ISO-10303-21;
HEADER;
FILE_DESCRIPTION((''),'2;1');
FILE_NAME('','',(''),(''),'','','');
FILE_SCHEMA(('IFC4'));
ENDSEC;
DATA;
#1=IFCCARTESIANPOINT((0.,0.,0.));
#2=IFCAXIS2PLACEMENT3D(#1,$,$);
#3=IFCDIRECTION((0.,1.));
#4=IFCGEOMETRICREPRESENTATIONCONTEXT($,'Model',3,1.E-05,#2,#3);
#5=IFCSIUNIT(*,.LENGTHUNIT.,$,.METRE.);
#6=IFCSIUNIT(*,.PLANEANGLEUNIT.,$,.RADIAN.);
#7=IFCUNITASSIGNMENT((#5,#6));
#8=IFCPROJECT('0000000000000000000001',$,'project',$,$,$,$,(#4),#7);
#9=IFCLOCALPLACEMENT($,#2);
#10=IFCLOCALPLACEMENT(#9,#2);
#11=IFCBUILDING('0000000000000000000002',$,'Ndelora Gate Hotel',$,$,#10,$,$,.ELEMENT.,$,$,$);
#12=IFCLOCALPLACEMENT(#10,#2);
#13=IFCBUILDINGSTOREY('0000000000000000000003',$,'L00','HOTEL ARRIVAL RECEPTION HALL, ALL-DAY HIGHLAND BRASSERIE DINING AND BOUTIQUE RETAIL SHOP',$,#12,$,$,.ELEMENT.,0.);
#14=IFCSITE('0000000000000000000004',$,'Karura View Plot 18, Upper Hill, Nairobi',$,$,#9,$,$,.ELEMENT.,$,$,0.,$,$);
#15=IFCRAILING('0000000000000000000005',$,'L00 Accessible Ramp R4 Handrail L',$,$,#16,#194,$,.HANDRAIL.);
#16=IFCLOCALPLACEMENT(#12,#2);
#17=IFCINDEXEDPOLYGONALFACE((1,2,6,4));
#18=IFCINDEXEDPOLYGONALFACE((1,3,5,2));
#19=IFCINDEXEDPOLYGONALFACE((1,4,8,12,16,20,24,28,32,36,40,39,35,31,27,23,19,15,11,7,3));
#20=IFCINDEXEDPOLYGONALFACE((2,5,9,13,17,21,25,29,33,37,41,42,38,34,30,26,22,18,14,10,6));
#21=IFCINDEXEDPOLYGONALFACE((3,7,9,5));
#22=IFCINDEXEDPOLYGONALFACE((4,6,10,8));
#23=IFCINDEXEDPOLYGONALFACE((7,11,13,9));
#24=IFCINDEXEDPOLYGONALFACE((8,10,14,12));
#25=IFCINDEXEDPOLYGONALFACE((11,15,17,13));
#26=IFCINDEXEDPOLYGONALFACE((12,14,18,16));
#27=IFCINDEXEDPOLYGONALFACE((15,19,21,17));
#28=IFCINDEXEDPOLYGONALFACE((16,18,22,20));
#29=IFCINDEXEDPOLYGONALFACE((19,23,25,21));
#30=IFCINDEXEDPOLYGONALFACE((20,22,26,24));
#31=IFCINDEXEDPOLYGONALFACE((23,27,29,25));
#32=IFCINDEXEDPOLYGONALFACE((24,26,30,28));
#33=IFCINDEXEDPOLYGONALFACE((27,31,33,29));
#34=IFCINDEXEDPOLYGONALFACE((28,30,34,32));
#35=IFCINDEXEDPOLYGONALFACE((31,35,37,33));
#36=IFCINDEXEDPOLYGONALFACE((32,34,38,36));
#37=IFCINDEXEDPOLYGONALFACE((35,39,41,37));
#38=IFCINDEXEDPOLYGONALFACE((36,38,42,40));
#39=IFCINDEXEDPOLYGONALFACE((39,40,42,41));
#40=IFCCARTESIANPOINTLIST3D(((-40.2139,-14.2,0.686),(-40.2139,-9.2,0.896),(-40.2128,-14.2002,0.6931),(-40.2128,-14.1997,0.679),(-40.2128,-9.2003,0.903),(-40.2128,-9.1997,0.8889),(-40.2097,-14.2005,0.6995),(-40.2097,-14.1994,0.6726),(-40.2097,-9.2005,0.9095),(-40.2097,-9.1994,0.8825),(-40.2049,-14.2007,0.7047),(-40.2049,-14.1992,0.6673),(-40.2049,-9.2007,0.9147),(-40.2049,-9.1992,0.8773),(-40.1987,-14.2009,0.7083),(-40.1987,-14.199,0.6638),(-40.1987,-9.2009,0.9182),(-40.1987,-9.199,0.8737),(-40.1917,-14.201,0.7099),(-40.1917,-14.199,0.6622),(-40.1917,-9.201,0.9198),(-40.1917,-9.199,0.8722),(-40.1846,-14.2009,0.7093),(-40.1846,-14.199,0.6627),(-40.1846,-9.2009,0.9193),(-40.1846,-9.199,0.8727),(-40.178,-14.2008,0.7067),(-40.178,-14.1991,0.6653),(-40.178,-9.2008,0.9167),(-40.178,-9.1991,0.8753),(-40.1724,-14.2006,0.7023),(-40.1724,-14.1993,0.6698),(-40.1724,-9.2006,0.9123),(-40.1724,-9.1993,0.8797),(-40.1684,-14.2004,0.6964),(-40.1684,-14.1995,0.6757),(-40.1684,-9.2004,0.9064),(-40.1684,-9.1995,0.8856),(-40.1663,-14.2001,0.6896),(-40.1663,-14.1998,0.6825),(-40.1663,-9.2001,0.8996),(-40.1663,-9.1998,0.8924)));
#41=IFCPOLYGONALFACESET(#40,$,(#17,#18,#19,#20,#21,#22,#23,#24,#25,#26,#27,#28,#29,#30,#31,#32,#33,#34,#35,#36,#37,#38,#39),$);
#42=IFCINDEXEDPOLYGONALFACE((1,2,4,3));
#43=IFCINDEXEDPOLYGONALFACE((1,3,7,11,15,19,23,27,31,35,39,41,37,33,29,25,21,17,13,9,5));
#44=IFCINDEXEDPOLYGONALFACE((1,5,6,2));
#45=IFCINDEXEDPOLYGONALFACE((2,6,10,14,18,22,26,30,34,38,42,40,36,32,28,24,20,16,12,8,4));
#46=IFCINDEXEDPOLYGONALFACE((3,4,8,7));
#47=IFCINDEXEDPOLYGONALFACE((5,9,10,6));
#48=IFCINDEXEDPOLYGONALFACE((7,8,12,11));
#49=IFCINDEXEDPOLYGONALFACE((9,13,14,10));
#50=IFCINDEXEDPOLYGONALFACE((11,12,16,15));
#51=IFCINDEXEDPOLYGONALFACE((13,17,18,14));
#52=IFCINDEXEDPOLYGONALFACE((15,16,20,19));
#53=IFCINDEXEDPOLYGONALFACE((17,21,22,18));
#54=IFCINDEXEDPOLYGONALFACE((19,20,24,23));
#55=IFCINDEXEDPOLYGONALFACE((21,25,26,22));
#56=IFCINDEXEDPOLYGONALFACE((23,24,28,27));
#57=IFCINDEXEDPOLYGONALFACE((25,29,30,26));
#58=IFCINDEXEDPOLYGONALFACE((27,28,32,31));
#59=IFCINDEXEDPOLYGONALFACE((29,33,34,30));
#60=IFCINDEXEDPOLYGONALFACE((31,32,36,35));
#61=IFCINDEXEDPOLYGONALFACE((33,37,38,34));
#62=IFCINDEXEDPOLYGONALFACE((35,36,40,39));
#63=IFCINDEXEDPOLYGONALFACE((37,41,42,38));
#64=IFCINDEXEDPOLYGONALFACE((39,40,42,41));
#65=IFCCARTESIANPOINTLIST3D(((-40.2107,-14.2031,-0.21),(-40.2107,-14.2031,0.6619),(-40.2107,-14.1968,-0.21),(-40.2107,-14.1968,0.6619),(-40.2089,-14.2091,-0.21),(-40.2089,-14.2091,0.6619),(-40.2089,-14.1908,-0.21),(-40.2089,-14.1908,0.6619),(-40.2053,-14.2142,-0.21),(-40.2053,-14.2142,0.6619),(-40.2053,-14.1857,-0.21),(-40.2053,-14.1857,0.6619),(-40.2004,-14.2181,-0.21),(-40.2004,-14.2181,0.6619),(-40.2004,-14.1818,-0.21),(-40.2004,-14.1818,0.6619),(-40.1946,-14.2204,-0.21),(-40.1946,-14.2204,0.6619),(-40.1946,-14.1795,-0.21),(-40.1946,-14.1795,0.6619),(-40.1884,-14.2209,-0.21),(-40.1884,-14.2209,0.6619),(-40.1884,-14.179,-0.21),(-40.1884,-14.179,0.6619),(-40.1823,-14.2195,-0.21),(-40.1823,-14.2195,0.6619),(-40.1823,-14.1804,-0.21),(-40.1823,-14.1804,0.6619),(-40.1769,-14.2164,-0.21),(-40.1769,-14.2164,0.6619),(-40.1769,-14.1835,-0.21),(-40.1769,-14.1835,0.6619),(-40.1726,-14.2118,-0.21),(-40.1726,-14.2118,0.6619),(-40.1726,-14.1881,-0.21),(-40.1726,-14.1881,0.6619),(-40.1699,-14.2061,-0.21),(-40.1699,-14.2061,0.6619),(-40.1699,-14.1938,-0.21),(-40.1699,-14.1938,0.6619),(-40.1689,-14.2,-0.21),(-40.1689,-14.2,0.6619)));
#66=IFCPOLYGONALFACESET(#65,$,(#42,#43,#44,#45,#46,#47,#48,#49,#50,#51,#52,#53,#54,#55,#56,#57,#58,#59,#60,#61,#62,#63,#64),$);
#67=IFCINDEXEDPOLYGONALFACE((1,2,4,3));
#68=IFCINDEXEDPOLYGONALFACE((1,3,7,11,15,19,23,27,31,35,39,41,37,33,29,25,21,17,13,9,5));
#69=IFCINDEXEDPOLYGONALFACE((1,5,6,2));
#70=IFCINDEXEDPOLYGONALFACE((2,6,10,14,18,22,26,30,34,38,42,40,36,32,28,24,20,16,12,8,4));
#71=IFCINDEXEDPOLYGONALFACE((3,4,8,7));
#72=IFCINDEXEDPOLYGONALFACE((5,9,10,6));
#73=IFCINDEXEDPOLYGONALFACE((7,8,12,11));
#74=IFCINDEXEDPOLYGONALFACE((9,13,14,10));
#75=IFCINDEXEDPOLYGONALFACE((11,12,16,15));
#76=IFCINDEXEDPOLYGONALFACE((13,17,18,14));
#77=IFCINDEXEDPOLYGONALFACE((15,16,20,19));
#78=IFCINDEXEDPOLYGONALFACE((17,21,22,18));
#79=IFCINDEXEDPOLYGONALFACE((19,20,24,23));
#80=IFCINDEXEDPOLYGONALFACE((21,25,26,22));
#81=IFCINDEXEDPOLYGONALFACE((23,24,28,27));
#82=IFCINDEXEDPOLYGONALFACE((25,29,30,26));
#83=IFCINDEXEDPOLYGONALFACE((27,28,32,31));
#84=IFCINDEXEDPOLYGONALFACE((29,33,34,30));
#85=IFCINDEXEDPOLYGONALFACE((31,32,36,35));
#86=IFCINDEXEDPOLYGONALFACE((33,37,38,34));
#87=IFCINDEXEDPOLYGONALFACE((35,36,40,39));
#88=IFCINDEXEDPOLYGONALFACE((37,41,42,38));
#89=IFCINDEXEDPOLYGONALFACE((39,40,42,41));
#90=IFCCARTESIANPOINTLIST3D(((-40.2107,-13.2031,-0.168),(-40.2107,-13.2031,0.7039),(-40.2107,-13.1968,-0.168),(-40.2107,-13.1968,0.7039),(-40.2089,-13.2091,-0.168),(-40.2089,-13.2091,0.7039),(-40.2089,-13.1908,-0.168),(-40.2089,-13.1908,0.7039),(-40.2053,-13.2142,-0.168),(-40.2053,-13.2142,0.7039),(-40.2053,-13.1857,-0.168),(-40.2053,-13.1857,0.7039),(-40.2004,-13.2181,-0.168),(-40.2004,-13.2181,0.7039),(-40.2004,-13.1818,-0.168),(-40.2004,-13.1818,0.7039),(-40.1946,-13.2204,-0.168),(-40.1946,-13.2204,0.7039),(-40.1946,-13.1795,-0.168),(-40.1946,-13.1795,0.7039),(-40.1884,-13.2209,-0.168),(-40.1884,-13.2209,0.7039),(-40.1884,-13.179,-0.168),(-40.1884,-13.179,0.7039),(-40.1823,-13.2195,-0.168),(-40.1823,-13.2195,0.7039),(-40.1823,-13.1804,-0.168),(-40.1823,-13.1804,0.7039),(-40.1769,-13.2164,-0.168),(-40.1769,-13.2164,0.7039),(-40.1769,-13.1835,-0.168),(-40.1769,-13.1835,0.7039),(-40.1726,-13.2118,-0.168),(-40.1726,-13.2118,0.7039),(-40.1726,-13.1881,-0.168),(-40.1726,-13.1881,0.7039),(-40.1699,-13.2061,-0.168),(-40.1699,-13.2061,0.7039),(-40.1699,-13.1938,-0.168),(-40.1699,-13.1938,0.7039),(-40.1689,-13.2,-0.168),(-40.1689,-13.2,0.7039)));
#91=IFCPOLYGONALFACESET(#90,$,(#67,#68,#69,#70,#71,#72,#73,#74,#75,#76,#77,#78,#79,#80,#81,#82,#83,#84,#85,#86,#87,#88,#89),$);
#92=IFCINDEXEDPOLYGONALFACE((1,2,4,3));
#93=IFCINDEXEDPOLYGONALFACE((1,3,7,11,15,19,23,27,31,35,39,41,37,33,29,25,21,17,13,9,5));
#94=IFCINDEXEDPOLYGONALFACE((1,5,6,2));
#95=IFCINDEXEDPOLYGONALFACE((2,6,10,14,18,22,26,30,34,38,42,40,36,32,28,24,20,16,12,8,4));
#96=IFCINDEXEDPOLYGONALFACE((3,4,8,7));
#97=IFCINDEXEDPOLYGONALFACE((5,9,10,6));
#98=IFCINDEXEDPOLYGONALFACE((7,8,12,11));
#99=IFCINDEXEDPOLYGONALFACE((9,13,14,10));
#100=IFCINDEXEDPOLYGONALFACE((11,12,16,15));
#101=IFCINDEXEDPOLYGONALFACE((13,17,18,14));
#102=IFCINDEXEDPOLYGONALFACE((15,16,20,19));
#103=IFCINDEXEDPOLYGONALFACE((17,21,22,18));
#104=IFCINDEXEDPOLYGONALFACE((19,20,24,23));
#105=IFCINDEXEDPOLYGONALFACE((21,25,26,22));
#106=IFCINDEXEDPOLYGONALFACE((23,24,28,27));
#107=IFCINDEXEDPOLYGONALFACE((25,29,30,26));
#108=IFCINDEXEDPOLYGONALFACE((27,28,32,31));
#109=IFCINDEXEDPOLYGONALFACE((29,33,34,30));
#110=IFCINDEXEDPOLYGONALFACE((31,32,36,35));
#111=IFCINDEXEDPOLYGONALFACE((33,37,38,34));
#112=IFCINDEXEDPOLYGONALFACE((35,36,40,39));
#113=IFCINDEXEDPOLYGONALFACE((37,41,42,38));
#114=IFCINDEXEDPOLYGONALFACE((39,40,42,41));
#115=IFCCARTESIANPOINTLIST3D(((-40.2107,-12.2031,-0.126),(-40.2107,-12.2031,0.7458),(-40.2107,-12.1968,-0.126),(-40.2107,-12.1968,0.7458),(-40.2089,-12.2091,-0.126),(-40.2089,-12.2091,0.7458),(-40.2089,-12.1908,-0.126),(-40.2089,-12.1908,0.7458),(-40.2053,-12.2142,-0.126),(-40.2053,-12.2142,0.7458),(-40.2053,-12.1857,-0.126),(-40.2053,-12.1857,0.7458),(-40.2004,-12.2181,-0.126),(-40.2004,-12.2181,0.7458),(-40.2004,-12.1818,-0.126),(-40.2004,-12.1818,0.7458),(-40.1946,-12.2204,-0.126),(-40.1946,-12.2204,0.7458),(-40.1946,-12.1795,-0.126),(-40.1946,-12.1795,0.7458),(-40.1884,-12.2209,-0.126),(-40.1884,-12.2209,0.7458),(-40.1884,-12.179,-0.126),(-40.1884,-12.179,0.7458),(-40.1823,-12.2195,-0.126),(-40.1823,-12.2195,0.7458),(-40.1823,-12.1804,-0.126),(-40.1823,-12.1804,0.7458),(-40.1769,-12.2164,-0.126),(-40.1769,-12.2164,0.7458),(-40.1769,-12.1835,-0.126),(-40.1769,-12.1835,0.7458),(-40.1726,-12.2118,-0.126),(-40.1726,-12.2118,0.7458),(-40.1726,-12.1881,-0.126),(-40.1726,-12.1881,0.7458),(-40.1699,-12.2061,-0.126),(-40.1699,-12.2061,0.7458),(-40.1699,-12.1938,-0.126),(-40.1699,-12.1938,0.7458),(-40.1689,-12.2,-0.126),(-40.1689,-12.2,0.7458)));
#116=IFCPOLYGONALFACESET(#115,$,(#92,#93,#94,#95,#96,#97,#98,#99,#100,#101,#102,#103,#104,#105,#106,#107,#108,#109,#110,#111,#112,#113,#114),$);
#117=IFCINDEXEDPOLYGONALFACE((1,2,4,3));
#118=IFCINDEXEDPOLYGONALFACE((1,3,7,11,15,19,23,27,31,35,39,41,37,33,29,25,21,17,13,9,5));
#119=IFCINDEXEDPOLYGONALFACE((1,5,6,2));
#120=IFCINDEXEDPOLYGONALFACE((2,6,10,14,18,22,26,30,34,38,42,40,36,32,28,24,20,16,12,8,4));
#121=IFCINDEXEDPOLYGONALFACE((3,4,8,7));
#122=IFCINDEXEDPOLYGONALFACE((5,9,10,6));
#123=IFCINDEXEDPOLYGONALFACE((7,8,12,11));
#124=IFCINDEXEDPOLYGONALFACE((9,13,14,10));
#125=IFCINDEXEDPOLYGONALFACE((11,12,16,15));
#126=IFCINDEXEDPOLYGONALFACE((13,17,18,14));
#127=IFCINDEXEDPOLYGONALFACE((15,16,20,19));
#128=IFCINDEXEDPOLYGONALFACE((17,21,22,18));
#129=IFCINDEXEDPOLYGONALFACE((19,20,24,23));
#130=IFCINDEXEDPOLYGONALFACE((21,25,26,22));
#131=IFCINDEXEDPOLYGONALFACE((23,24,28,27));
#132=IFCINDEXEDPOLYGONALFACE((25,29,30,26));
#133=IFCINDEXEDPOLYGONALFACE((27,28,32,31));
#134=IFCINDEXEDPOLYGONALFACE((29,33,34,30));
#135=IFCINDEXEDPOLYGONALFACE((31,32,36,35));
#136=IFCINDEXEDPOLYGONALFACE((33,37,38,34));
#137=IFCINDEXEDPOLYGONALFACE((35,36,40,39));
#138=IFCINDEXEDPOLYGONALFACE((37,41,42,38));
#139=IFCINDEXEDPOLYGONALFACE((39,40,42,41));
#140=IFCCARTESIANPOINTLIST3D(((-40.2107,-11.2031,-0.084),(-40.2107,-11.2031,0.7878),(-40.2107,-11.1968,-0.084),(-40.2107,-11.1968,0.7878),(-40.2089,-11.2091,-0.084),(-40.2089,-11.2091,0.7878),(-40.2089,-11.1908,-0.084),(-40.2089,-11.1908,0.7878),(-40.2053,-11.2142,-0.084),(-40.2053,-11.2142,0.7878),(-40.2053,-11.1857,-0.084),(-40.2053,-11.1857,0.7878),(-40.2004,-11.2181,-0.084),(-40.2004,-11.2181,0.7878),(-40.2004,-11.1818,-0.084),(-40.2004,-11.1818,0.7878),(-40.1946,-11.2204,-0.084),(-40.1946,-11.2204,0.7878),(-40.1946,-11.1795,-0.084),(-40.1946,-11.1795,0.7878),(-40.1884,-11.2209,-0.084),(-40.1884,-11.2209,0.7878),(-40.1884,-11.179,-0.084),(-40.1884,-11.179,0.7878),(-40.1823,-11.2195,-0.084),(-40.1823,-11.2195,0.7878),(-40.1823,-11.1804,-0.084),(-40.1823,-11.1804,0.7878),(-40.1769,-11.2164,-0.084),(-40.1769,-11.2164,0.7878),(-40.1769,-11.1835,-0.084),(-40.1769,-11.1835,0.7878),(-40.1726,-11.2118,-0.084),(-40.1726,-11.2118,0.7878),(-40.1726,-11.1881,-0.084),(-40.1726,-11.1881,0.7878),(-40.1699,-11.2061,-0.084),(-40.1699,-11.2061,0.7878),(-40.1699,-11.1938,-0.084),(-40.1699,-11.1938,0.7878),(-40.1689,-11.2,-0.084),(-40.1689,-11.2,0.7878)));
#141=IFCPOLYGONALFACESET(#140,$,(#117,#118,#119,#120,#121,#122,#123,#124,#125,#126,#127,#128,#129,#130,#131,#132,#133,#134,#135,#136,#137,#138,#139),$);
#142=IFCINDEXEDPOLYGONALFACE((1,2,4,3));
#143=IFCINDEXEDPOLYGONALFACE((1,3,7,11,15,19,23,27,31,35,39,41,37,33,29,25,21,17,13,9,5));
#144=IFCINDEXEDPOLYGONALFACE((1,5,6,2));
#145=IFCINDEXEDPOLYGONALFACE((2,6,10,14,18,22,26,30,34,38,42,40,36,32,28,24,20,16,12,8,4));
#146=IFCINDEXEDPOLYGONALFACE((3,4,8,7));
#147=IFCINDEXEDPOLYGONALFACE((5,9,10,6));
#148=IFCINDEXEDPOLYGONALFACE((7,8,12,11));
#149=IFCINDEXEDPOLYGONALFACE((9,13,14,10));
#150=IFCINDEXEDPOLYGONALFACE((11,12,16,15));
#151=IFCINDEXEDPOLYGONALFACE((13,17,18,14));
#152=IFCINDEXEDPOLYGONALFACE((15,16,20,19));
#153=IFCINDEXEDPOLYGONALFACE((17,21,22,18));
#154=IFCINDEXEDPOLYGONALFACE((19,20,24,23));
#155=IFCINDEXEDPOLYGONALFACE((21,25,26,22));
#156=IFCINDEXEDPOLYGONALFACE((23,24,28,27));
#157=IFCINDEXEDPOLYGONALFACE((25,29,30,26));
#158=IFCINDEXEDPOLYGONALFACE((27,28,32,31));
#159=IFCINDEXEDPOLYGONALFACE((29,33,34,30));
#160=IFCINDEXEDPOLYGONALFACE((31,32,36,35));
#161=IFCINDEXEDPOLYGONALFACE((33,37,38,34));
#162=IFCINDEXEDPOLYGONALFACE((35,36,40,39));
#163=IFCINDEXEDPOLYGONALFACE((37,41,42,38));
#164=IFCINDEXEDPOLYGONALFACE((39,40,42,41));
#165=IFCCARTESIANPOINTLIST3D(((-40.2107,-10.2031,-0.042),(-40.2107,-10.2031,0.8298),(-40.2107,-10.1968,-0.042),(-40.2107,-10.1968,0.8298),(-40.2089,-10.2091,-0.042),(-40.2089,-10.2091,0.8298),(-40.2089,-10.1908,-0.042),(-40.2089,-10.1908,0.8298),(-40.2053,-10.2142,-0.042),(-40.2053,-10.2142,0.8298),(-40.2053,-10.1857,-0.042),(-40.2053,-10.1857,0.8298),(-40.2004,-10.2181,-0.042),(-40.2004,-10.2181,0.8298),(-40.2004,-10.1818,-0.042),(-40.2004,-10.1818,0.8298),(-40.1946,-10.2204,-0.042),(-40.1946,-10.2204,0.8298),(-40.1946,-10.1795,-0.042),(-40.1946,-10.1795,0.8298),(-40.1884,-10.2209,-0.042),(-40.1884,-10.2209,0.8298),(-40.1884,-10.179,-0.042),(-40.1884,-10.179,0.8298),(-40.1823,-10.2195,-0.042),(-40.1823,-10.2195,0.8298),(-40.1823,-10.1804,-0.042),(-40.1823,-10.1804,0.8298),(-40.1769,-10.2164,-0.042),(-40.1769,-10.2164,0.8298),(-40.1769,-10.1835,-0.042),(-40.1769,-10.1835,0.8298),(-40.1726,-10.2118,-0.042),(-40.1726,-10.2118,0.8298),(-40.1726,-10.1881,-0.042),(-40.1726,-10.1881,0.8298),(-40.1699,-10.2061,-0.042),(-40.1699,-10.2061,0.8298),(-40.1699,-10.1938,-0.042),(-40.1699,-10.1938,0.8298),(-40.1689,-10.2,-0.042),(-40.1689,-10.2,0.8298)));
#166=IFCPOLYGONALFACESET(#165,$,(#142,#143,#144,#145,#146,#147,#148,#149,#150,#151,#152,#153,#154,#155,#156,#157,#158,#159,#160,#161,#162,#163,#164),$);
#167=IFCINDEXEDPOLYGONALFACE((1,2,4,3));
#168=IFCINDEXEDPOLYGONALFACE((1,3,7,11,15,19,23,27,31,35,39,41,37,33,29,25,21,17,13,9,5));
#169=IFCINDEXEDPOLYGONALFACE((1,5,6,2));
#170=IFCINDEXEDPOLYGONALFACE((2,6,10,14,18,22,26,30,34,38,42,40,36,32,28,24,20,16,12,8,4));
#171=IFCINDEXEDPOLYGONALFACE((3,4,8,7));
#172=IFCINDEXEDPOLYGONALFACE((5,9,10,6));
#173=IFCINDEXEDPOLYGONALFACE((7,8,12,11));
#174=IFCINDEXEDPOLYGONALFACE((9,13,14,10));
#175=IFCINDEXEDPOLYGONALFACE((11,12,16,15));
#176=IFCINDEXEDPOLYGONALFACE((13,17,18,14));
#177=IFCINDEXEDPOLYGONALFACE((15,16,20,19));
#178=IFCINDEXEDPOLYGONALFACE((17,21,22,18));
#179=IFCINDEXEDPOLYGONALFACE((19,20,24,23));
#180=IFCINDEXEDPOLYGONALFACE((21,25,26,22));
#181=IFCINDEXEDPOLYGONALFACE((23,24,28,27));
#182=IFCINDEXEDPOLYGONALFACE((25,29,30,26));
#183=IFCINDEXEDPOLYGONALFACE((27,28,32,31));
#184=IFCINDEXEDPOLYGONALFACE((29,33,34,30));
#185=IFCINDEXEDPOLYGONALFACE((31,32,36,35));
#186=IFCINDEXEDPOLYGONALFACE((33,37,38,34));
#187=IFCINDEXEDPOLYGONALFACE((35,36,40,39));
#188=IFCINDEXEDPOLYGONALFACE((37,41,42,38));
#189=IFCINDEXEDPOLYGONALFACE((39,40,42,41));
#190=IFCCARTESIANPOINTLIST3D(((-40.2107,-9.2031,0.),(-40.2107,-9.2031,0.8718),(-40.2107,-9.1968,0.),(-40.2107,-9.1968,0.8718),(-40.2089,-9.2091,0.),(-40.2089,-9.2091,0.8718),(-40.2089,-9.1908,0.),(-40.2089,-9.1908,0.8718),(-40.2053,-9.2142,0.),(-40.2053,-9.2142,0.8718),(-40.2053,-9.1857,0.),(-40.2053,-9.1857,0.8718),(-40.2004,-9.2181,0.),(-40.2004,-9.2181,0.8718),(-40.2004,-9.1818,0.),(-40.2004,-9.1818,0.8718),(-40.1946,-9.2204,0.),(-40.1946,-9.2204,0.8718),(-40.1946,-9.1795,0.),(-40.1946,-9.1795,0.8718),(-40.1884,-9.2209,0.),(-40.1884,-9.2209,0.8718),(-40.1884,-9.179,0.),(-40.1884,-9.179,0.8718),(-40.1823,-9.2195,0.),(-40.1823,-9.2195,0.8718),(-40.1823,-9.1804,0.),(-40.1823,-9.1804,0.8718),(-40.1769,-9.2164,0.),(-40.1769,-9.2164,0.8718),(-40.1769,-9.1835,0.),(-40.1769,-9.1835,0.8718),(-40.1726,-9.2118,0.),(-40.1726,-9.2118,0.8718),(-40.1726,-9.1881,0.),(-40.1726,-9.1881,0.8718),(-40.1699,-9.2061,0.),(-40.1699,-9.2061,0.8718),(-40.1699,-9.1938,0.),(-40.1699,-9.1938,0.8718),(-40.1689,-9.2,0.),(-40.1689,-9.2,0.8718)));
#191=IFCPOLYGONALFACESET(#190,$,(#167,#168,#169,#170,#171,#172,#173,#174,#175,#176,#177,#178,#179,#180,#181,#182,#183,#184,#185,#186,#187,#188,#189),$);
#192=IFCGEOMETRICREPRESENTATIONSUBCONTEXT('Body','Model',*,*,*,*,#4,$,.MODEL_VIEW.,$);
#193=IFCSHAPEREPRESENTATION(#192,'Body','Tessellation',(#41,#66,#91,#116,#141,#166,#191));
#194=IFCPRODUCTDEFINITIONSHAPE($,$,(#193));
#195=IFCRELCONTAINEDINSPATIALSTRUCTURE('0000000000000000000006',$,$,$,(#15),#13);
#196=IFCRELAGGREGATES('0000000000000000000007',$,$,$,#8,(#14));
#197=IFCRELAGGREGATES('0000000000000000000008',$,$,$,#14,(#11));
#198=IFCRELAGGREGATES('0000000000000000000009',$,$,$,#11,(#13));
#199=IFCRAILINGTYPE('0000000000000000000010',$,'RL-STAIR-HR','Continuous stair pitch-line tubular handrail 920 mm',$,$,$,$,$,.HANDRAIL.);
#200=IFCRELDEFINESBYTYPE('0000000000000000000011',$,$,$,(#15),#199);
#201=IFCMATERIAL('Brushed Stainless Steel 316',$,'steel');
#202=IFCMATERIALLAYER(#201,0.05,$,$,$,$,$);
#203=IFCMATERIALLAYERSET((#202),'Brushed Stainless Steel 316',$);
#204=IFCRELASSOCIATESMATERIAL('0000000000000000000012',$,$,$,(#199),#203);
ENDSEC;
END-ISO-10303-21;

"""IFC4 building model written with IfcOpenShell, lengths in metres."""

from ifc_helpers import new_model, si_unit, direction, frame, origin, origin_2d, place, context, subcontext, project, spatial, circle, extrude, material, layer, layer_set, type_object, element, save


model = new_model("IFC4")

# Units and contexts
model_context = context("Model", 3, precision=1e-05, world=origin(), true_north=direction((0.0, 1.0)))
body_context = subcontext(model_context, "Body", "Model", "MODEL_VIEW")
ifc_project = project(units=[si_unit("LENGTHUNIT", "METRE"), si_unit("PLANEANGLEUNIT", "RADIAN")], contexts=[model_context])

# Site, building, storey
site_placement = place(None, origin())
site = spatial("IfcSite", under=ifc_project, at=site_placement, Name="Karura View Plot 18, Upper Hill, Nairobi", CompositionType="ELEMENT", RefElevation=0.0)
building_placement = place(site_placement, origin())
building = spatial("IfcBuilding", under=site, at=building_placement, Name="Ndelora Gate Hotel", CompositionType="ELEMENT")
storey_placement = place(building_placement, origin())
storey = spatial("IfcBuildingStorey", under=building, at=storey_placement, Name="L00", Description="HOTEL ARRIVAL RECEPTION HALL, ALL-DAY HIGHLAND BRASSERIE DINING AND BOUTIQUE RETAIL SHOP", CompositionType="ELEMENT", Elevation=0.0)

# Railing
ifc_material_1 = material(Name="Brushed Stainless Steel 316", Category="steel")
ifc_layer_1 = layer(ifc_material_1, 0.05)
ifc_layer_set_1 = layer_set([ifc_layer_1], Name="Brushed Stainless Steel 316")
railing_type = type_object("IfcRailingType", Name="RL-STAIR-HR", Description="Continuous stair pitch-line tubular handrail 920 mm", PredefinedType="HANDRAIL", material=ifc_layer_set_1)
for number, where, name in (
    (1, (-40.1899, -14.2, -0.21), "L00 Accessible Ramp R4 Handrail L"),
):
    element("IfcRailing", number, at=place(storey_placement, frame(where)), inside=storey, type_object=railing_type, Name=name, PredefinedType="HANDRAIL", context=body_context, shape_type="SweptSolid", body=[
        extrude(circle(Radius=0.0239, at=origin_2d()), frame((0.0, 0.0, 0.896), z_axis=(0.0, 0.999119, 0.041955), x_axis=(-1.0, 0.0, 0.0)), (0.0, 0.0, 1.0), 5.0044),
        extrude(circle(Radius=0.021, at=origin_2d()), origin(), (0.0, 0.0, 1.0), 0.8718),
        extrude(circle(Radius=0.021, at=origin_2d()), frame((0.0, 1.0, 0.042)), (0.0, 0.0, 1.0), 0.8718),
        extrude(circle(Radius=0.021, at=origin_2d()), frame((0.0, 2.0, 0.084)), (0.0, 0.0, 1.0), 0.8718),
        extrude(circle(Radius=0.021, at=origin_2d()), frame((0.0, 3.0, 0.126)), (0.0, 0.0, 1.0), 0.8718),
        extrude(circle(Radius=0.021, at=origin_2d()), frame((0.0, 4.0, 0.168)), (0.0, 0.0, 1.0), 0.8718),
        extrude(circle(Radius=0.021, at=origin_2d()), frame((0.0, 5.0, 0.21)), (0.0, 0.0, 1.0), 0.8718),
    ])

save(model, "model.ifc")
